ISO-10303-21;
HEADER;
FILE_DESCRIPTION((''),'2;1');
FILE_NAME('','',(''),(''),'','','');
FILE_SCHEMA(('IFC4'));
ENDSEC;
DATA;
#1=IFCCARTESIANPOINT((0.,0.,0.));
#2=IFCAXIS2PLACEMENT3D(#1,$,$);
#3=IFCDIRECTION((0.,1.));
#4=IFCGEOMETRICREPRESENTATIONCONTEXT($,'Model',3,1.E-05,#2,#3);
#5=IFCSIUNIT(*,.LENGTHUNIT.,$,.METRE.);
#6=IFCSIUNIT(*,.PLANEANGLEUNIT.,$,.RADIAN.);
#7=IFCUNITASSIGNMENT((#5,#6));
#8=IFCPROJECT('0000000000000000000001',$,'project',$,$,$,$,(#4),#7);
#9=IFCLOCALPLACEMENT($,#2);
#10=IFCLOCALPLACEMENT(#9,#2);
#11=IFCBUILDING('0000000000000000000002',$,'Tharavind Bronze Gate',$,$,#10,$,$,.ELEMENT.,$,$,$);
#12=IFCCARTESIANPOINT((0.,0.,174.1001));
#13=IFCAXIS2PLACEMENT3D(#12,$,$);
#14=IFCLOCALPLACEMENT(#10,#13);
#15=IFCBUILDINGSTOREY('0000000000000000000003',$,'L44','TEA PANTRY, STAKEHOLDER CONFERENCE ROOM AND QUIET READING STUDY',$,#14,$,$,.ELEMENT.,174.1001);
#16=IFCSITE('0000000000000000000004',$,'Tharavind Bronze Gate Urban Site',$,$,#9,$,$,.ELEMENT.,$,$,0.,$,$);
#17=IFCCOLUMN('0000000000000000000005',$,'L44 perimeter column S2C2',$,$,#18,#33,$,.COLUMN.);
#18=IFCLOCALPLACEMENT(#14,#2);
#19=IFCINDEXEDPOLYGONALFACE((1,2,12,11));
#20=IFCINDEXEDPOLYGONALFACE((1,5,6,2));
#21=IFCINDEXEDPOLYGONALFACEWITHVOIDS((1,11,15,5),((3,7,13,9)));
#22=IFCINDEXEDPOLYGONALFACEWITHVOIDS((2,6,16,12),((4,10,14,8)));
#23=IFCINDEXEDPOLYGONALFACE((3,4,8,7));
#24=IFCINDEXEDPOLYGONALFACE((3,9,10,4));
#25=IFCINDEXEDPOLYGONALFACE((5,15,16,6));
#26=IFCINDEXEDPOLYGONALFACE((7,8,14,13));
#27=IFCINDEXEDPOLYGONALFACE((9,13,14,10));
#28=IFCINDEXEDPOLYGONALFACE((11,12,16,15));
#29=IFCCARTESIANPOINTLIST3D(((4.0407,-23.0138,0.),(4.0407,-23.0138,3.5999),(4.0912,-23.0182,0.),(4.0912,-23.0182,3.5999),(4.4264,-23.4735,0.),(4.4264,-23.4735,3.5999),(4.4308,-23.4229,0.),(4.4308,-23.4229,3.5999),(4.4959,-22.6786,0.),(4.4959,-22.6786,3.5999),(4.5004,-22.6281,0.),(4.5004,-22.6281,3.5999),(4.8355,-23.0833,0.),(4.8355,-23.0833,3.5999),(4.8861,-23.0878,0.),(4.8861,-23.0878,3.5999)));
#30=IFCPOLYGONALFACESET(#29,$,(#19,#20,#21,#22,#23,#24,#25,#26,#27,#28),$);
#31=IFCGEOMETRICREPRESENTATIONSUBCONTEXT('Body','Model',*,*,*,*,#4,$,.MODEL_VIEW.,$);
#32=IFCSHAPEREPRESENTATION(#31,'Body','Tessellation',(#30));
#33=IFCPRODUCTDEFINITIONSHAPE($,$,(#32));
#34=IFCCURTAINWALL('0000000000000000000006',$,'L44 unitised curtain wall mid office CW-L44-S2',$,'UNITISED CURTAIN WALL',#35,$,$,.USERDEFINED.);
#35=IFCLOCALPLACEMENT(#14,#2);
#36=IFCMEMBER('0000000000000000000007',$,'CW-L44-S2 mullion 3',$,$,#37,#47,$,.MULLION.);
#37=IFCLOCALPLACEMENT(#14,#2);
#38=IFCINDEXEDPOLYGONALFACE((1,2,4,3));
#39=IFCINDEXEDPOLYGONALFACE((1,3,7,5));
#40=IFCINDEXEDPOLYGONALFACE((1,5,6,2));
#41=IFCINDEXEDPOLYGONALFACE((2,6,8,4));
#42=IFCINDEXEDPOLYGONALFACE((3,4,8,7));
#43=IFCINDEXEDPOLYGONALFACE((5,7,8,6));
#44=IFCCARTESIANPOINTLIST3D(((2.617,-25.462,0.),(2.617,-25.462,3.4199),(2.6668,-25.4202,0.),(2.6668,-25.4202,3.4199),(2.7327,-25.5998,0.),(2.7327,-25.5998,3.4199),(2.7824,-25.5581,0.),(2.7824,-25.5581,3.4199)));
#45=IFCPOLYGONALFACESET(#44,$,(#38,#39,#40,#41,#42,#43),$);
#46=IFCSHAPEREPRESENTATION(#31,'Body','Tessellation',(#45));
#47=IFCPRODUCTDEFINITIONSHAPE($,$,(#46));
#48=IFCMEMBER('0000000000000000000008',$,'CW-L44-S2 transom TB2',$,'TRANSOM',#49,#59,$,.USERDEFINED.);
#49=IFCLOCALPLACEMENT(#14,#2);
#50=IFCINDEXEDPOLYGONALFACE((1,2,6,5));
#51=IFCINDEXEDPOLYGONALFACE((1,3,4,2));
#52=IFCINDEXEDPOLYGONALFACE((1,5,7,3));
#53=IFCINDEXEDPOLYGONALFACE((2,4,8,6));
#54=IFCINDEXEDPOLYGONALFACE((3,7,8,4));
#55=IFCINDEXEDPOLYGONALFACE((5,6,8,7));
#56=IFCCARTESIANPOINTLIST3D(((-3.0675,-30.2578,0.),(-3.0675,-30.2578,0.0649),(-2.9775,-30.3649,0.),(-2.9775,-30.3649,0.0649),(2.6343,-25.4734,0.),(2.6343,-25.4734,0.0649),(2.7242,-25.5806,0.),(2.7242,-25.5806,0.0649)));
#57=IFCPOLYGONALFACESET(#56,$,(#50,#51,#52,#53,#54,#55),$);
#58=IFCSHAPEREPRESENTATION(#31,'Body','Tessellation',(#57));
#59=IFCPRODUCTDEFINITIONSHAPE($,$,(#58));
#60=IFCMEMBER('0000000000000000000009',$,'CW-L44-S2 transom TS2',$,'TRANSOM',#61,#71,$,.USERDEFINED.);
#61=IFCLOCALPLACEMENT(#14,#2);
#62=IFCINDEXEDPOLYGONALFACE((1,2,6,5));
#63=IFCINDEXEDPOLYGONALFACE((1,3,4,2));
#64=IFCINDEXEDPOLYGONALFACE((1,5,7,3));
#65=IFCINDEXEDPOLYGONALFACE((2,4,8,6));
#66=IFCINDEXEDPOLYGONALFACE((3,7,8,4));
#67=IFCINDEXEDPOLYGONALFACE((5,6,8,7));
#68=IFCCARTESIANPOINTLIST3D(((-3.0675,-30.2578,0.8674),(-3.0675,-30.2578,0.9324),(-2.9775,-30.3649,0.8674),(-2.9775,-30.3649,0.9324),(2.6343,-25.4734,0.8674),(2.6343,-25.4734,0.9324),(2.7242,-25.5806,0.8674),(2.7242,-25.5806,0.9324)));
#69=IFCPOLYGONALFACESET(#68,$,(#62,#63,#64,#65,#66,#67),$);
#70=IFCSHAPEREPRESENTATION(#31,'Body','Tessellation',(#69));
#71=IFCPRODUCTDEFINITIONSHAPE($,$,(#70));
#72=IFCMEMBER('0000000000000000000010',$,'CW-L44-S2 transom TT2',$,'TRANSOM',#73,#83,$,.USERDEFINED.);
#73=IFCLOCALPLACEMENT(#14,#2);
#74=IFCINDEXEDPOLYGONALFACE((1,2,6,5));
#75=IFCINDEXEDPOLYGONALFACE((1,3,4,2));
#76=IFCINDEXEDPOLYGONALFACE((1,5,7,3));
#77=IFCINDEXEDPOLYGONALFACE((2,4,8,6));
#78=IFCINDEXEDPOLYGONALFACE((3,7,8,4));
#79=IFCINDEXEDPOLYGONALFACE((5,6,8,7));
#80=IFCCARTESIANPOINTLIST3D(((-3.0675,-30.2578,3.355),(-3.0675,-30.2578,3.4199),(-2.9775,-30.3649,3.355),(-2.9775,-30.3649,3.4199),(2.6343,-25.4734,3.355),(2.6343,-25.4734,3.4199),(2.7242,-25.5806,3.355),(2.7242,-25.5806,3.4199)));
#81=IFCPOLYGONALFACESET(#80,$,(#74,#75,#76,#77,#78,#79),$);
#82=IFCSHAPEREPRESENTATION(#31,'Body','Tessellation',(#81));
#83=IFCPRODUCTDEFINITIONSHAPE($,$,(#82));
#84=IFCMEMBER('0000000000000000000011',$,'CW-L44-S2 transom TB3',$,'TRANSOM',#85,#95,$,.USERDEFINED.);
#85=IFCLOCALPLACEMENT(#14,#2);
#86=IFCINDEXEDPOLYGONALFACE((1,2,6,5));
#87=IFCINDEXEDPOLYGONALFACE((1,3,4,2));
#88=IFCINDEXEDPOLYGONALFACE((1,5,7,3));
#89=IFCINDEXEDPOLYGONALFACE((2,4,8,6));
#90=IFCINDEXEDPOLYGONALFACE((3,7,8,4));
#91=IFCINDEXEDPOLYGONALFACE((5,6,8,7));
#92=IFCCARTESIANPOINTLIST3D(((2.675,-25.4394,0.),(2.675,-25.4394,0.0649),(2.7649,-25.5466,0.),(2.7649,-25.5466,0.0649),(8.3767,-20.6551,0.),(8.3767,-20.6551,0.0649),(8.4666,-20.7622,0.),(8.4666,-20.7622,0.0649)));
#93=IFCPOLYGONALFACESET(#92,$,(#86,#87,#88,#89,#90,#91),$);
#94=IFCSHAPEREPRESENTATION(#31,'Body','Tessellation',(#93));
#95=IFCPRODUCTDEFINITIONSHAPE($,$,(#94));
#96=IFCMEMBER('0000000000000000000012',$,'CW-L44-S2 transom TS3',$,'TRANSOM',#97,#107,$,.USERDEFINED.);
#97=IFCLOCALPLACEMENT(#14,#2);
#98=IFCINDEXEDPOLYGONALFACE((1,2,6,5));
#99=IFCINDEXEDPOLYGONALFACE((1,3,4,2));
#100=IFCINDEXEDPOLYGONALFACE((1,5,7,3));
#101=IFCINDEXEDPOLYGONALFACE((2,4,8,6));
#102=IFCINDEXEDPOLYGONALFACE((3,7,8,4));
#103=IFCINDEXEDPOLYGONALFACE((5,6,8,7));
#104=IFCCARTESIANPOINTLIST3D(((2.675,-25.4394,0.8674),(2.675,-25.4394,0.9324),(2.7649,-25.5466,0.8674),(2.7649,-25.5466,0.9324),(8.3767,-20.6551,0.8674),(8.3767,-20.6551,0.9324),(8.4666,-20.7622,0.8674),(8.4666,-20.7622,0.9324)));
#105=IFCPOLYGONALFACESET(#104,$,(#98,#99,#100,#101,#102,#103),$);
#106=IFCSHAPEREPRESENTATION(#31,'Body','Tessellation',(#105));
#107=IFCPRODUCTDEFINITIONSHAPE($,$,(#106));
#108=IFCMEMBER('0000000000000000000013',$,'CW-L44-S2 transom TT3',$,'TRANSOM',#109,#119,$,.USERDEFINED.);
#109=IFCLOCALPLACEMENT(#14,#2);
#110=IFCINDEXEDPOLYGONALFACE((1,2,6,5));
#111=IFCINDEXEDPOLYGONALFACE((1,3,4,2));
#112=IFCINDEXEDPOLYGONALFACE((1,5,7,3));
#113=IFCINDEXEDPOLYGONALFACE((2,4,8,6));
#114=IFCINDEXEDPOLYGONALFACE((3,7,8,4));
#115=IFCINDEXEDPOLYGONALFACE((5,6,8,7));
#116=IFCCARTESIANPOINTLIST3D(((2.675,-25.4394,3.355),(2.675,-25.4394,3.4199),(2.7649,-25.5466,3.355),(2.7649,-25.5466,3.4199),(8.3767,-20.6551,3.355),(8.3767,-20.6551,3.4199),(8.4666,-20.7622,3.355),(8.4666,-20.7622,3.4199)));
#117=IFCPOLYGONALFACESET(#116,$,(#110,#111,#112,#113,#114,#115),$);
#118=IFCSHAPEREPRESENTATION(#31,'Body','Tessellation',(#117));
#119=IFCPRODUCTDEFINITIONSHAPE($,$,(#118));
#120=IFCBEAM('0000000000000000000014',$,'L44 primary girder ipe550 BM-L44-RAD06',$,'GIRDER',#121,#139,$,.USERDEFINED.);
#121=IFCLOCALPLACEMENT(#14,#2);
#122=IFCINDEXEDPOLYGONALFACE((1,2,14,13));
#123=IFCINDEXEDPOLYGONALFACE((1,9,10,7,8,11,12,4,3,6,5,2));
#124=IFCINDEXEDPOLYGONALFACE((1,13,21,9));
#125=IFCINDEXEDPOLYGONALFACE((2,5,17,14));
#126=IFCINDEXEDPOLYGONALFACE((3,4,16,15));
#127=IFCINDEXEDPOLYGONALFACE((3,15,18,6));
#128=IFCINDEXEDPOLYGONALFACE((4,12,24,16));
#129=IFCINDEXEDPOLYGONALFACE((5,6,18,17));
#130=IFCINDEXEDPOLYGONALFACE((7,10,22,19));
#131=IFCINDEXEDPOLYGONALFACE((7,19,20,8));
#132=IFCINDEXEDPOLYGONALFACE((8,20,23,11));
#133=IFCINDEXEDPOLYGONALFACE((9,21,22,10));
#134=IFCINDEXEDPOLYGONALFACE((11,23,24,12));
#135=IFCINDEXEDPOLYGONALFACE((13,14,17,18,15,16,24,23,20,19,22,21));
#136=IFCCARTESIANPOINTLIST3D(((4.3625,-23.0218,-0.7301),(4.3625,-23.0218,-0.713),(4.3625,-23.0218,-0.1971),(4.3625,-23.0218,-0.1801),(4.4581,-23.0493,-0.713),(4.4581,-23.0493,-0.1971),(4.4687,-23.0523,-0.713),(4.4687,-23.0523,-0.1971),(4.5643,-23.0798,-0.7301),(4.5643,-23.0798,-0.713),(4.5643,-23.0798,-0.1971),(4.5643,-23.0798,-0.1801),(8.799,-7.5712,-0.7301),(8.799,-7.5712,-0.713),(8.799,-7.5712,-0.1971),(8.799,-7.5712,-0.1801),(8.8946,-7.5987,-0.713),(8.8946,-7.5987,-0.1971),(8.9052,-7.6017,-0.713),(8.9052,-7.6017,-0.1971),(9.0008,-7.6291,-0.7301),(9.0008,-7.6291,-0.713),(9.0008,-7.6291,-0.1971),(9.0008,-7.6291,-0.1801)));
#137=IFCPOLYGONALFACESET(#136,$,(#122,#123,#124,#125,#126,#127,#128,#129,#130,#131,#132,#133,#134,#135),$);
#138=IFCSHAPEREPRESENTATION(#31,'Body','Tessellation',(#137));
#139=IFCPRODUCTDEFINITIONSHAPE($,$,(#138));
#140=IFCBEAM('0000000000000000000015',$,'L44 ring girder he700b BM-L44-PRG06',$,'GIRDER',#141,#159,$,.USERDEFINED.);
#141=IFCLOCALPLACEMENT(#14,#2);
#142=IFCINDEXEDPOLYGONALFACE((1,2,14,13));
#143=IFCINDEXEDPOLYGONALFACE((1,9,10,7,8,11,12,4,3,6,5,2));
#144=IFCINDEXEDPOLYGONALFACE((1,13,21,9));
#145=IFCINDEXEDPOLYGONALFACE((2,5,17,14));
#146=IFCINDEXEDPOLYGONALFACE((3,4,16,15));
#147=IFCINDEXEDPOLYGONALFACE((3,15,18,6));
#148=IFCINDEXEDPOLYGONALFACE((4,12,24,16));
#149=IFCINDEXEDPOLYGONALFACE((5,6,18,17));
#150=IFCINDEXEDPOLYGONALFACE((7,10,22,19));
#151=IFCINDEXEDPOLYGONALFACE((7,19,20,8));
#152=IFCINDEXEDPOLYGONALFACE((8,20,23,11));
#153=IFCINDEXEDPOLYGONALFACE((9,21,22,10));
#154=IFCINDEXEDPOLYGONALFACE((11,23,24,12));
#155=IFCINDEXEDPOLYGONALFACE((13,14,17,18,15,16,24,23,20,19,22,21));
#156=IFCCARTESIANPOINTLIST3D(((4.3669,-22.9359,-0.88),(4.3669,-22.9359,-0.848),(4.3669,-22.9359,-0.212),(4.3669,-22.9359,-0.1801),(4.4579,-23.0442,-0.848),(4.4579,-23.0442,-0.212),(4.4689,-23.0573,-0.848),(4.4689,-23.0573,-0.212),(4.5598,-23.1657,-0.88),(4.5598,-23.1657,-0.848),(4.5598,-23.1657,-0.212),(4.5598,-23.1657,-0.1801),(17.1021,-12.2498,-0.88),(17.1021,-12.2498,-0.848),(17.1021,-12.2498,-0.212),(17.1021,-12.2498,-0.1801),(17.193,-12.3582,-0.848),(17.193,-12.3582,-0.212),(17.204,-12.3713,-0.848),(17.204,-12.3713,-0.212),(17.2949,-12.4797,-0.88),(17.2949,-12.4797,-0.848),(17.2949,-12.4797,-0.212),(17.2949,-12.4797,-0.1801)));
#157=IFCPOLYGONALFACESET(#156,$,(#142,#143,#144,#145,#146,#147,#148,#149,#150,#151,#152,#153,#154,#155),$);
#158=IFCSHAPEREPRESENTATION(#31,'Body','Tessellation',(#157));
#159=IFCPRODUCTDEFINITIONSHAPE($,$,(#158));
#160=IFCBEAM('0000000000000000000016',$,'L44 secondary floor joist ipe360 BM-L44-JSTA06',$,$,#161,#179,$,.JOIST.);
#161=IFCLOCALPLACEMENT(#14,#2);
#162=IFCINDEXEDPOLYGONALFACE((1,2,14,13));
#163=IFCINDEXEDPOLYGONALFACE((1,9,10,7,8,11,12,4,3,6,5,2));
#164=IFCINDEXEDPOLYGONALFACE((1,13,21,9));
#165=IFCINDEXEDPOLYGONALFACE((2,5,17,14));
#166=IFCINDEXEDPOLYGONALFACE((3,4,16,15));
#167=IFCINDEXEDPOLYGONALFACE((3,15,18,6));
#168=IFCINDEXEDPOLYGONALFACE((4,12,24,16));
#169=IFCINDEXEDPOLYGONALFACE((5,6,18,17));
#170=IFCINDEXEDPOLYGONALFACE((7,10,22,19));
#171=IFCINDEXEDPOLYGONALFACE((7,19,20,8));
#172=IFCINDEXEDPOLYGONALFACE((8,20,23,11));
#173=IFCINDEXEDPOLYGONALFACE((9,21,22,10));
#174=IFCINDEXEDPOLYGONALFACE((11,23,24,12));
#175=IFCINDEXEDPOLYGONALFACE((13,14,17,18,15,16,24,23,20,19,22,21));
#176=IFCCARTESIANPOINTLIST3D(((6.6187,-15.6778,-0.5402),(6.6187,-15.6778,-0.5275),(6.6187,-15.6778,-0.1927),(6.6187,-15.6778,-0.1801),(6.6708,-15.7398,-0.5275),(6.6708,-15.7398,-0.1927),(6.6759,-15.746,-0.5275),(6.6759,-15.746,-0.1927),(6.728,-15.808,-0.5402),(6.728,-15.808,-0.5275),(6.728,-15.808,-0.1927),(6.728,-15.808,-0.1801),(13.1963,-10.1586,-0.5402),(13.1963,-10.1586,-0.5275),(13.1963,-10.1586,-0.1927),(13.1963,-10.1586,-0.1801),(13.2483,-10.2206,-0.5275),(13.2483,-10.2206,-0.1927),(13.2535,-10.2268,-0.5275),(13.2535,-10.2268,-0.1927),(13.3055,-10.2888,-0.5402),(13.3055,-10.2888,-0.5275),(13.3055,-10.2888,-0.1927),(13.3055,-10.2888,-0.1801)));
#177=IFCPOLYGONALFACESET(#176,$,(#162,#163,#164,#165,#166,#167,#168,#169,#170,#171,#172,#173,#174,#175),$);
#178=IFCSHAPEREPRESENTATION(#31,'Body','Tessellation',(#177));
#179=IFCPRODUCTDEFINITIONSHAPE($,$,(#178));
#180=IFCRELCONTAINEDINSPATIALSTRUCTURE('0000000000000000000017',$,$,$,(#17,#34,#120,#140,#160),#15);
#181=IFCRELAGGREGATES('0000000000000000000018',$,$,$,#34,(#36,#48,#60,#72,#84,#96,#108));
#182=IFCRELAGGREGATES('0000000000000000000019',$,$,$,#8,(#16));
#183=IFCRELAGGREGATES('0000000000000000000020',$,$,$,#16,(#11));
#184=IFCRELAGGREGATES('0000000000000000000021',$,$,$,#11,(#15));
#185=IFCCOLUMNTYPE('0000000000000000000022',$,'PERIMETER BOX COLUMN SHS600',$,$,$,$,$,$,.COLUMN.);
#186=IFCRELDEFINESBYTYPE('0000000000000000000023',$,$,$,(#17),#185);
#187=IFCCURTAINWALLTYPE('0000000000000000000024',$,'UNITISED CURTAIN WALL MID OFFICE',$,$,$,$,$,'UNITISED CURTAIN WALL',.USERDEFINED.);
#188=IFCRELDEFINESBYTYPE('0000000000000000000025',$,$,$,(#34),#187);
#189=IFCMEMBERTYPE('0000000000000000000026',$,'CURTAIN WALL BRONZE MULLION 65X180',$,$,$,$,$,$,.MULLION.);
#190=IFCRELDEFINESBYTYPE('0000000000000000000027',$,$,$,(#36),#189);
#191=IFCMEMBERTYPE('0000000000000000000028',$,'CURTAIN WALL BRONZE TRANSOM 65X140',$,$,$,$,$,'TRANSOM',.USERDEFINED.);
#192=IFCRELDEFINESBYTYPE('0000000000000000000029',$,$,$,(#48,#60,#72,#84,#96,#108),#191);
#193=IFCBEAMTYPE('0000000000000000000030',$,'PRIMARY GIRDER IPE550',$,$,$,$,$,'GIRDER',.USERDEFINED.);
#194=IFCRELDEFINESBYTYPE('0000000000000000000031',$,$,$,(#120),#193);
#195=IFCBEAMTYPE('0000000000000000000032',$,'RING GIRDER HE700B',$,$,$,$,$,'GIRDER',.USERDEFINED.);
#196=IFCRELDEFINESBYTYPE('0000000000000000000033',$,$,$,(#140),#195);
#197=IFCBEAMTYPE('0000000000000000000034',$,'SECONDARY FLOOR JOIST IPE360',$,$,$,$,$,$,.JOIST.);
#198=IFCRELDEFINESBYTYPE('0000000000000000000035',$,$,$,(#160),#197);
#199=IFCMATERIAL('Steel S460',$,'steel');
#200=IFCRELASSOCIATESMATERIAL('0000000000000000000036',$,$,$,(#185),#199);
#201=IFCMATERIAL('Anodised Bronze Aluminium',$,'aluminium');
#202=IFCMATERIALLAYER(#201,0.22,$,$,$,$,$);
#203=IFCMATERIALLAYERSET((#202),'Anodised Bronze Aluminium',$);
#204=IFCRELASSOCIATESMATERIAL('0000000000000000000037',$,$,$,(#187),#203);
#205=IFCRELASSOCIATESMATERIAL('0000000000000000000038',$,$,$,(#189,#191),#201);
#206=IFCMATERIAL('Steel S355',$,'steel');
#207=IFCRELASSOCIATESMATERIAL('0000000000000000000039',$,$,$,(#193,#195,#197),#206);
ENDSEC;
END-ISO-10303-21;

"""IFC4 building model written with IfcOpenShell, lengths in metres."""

from ifc_helpers import new_model, si_unit, direction, frame, origin, origin_2d, place, context, subcontext, project, spatial, rectangle, hollow_rectangle, i_section, extrude, material, layer, layer_set, material_profile, profile_set, type_object, element, aggregate, save


model = new_model("IFC4")

# Units and contexts
model_context = context("Model", 3, precision=1e-05, world=origin(), true_north=direction((0.0, 1.0)))
body_context = subcontext(model_context, "Body", "Model", "MODEL_VIEW")
ifc_project = project(units=[si_unit("LENGTHUNIT", "METRE"), si_unit("PLANEANGLEUNIT", "RADIAN")], contexts=[model_context])

# Site, building, storey
site_placement = place(None, origin())
site = spatial("IfcSite", under=ifc_project, at=site_placement, Name="Tharavind Bronze Gate Urban Site", CompositionType="ELEMENT", RefElevation=0.0)
building_placement = place(site_placement, origin())
building = spatial("IfcBuilding", under=site, at=building_placement, Name="Tharavind Bronze Gate", CompositionType="ELEMENT")
storey_placement = place(building_placement, frame((0.0, 0.0, 174.1001)))
storey = spatial("IfcBuildingStorey", under=building, at=storey_placement, Name="L44", Description="TEA PANTRY, STAKEHOLDER CONFERENCE ROOM AND QUIET READING STUDY", CompositionType="ELEMENT", Elevation=174.1001)

# Column
ifc_material_1 = material(Name="Steel S460", Category="steel")
ifc_material_profile_1 = material_profile(ifc_material_1, hollow_rectangle(XDim=0.6001, YDim=0.6001, WallThickness=0.0359, at=origin_2d()), Name="SHS600X36")
ifc_profile_set_1 = profile_set([ifc_material_profile_1], Name="Steel S460")
column_type = type_object("IfcColumnType", Name="PERIMETER BOX COLUMN SHS600", PredefinedType="COLUMN", material=ifc_profile_set_1)
column_placement = place(storey_placement, frame((4.4634, -23.0508, 0.0), z_axis=(0.0, 0.0, 1.0), x_axis=(0.766043, 0.642789, 0.0)))
element("IfcColumn", 1, at=column_placement, inside=storey, type_object=column_type, Name="L44 perimeter column S2C2", PredefinedType="COLUMN", context=body_context, shape_type="SweptSolid", body=[
    extrude(hollow_rectangle(XDim=0.6001, YDim=0.6001, WallThickness=0.0359, at=origin_2d()), origin(), (0.0, 0.0, 1.0), 3.5999),
])

# Curtain wall, members
ifc_material_2 = material(Name="Anodised Bronze Aluminium", Category="aluminium")
ifc_layer_1 = layer(ifc_material_2, 0.22)
ifc_layer_set_1 = layer_set([ifc_layer_1], Name="Anodised Bronze Aluminium")
curtain_wall_type = type_object("IfcCurtainWallType", Name="UNITISED CURTAIN WALL MID OFFICE", ElementType="UNITISED CURTAIN WALL", PredefinedType="USERDEFINED", material=ifc_layer_set_1)
curtain_wall_placement = place(storey_placement, origin())
curtain_wall = element("IfcCurtainWall", 2, at=curtain_wall_placement, inside=storey, type_object=curtain_wall_type, Name="L44 unitised curtain wall mid office CW-L44-S2", ObjectType="UNITISED CURTAIN WALL", PredefinedType="USERDEFINED")
member_type_1 = type_object("IfcMemberType", Name="CURTAIN WALL BRONZE MULLION 65X180", PredefinedType="MULLION", material=ifc_material_2)
member_1_placement = place(storey_placement, frame((2.6997, -25.51, 0.0), z_axis=(0.0, 0.0, 1.0), x_axis=(0.766043, 0.642789, 0.0)))
member_1 = element("IfcMember", 3, at=member_1_placement, type_object=member_type_1, Name="CW-L44-S2 mullion 3", PredefinedType="MULLION", context=body_context, shape_type="SweptSolid", body=[
    extrude(rectangle(XDim=0.0649, YDim=0.1799, at=origin_2d()), origin(), (0.0, 0.0, 1.0), 3.4199),
])
member_type_2 = type_object("IfcMemberType", Name="CURTAIN WALL BRONZE TRANSOM 65X140", ElementType="TRANSOM", PredefinedType="USERDEFINED", material=ifc_material_2)
member_2_placement = place(storey_placement, frame((-0.1716, -27.9192, 0.0), z_axis=(0.0, 0.0, 1.0), x_axis=(0.766043, 0.642789, 0.0)))
member_2 = element("IfcMember", 4, at=member_2_placement, type_object=member_type_2, Name="CW-L44-S2 transom TB2", ObjectType="TRANSOM", PredefinedType="USERDEFINED", context=body_context, shape_type="SweptSolid", body=[
    extrude(rectangle(XDim=7.4431, YDim=0.1399, at=origin_2d()), origin(), (0.0, 0.0, 1.0), 0.0649),
])
member_3_placement = place(storey_placement, frame((-0.1716, -27.9192, 0.8674), z_axis=(0.0, 0.0, 1.0), x_axis=(0.766043, 0.642789, 0.0)))
member_3 = element("IfcMember", 5, at=member_3_placement, type_object=member_type_2, Name="CW-L44-S2 transom TS2", ObjectType="TRANSOM", PredefinedType="USERDEFINED", context=body_context, shape_type="SweptSolid", body=[
    extrude(rectangle(XDim=7.4431, YDim=0.1399, at=origin_2d()), origin(), (0.0, 0.0, 1.0), 0.0649),
])
member_4_placement = place(storey_placement, frame((-0.1716, -27.9192, 3.355), z_axis=(0.0, 0.0, 1.0), x_axis=(0.766043, 0.642789, 0.0)))
member_4 = element("IfcMember", 6, at=member_4_placement, type_object=member_type_2, Name="CW-L44-S2 transom TT2", ObjectType="TRANSOM", PredefinedType="USERDEFINED", context=body_context, shape_type="SweptSolid", body=[
    extrude(rectangle(XDim=7.4431, YDim=0.1399, at=origin_2d()), origin(), (0.0, 0.0, 1.0), 0.0649),
])
member_5_placement = place(storey_placement, frame((5.5708, -23.1008, 0.0), z_axis=(0.0, 0.0, 1.0), x_axis=(0.766043, 0.642789, 0.0)))
member_5 = element("IfcMember", 7, at=member_5_placement, type_object=member_type_2, Name="CW-L44-S2 transom TB3", ObjectType="TRANSOM", PredefinedType="USERDEFINED", context=body_context, shape_type="SweptSolid", body=[
    extrude(rectangle(XDim=7.4431, YDim=0.1399, at=origin_2d()), origin(), (0.0, 0.0, 1.0), 0.0649),
])
member_6_placement = place(storey_placement, frame((5.5708, -23.1008, 0.8674), z_axis=(0.0, 0.0, 1.0), x_axis=(0.766043, 0.642789, 0.0)))
member_6 = element("IfcMember", 8, at=member_6_placement, type_object=member_type_2, Name="CW-L44-S2 transom TS3", ObjectType="TRANSOM", PredefinedType="USERDEFINED", context=body_context, shape_type="SweptSolid", body=[
    extrude(rectangle(XDim=7.4431, YDim=0.1399, at=origin_2d()), origin(), (0.0, 0.0, 1.0), 0.0649),
])
member_7_placement = place(storey_placement, frame((5.5708, -23.1008, 3.355), z_axis=(0.0, 0.0, 1.0), x_axis=(0.766043, 0.642789, 0.0)))
member_7 = element("IfcMember", 9, at=member_7_placement, type_object=member_type_2, Name="CW-L44-S2 transom TT3", ObjectType="TRANSOM", PredefinedType="USERDEFINED", context=body_context, shape_type="SweptSolid", body=[
    extrude(rectangle(XDim=7.4431, YDim=0.1399, at=origin_2d()), origin(), (0.0, 0.0, 1.0), 0.0649),
])

# Beams
ifc_material_3 = material(Name="Steel S355", Category="steel")
ifc_material_profile_2 = material_profile(ifc_material_3, i_section(OverallWidth=0.21, OverallDepth=0.55, WebThickness=0.011, FlangeThickness=0.0171, at=origin_2d()), Name="IPE550")
ifc_profile_set_2 = profile_set([ifc_material_profile_2], Name="Steel S355")
beam_type_1 = type_object("IfcBeamType", Name="PRIMARY GIRDER IPE550", ElementType="GIRDER", PredefinedType="USERDEFINED", material=ifc_profile_set_2)
beam_1_placement = place(storey_placement, frame((4.4634, -23.0508, -0.4551), z_axis=(0.275989, 0.961161, 0.0), x_axis=(-0.961161, 0.275989, 0.0)))
element("IfcBeam", 10, at=beam_1_placement, inside=storey, type_object=beam_type_1, Name="L44 primary girder ipe550 BM-L44-RAD06", ObjectType="GIRDER", PredefinedType="USERDEFINED", context=body_context, shape_type="SweptSolid", body=[
    extrude(i_section(OverallWidth=0.21, OverallDepth=0.55, WebThickness=0.011, FlangeThickness=0.0171, at=origin_2d()), origin(), (0.0, 0.0, 1.0), 16.075),
])
ifc_material_profile_3 = material_profile(ifc_material_3, i_section(OverallWidth=0.3, OverallDepth=0.7, WebThickness=0.0171, FlangeThickness=0.032, at=origin_2d()), Name="HE700B")
ifc_profile_set_3 = profile_set([ifc_material_profile_3], Name="Steel S355")
beam_type_2 = type_object("IfcBeamType", Name="RING GIRDER HE700B", ElementType="GIRDER", PredefinedType="USERDEFINED", material=ifc_profile_set_3)
beam_2_placement = place(storey_placement, frame((4.4634, -23.0508, -0.53), z_axis=(0.766044, 0.642788, 0.0), x_axis=(-0.642788, 0.766044, 0.0)))
element("IfcBeam", 11, at=beam_2_placement, inside=storey, type_object=beam_type_2, Name="L44 ring girder he700b BM-L44-PRG06", ObjectType="GIRDER", PredefinedType="USERDEFINED", context=body_context, shape_type="SweptSolid", body=[
    extrude(i_section(OverallWidth=0.3, OverallDepth=0.7, WebThickness=0.0171, FlangeThickness=0.032, at=origin_2d()), origin(), (0.0, 0.0, 1.0), 16.6245),
])
ifc_material_profile_4 = material_profile(ifc_material_3, i_section(OverallWidth=0.1699, OverallDepth=0.3601, WebThickness=0.0081, FlangeThickness=0.0127, at=origin_2d()), Name="IPE360")
ifc_profile_set_4 = profile_set([ifc_material_profile_4], Name="Steel S355")
beam_type_3 = type_object("IfcBeamType", Name="SECONDARY FLOOR JOIST IPE360", PredefinedType="JOIST", material=ifc_profile_set_4)
beam_3_placement = place(storey_placement, frame((6.6733, -15.7429, -0.3601), z_axis=(0.766045, 0.642787, 0.0), x_axis=(-0.642787, 0.766045, 0.0)))
element("IfcBeam", 12, at=beam_3_placement, inside=storey, type_object=beam_type_3, Name="L44 secondary floor joist ipe360 BM-L44-JSTA06", PredefinedType="JOIST", context=body_context, shape_type="SweptSolid", body=[
    extrude(i_section(OverallWidth=0.1699, OverallDepth=0.3601, WebThickness=0.0081, FlangeThickness=0.0127, at=origin_2d()), origin(), (0.0, 0.0, 1.0), 8.5864),
])

aggregate(curtain_wall, [member_1, member_2, member_3, member_4, member_5, member_6, member_7])

save(model, "model.ifc")
